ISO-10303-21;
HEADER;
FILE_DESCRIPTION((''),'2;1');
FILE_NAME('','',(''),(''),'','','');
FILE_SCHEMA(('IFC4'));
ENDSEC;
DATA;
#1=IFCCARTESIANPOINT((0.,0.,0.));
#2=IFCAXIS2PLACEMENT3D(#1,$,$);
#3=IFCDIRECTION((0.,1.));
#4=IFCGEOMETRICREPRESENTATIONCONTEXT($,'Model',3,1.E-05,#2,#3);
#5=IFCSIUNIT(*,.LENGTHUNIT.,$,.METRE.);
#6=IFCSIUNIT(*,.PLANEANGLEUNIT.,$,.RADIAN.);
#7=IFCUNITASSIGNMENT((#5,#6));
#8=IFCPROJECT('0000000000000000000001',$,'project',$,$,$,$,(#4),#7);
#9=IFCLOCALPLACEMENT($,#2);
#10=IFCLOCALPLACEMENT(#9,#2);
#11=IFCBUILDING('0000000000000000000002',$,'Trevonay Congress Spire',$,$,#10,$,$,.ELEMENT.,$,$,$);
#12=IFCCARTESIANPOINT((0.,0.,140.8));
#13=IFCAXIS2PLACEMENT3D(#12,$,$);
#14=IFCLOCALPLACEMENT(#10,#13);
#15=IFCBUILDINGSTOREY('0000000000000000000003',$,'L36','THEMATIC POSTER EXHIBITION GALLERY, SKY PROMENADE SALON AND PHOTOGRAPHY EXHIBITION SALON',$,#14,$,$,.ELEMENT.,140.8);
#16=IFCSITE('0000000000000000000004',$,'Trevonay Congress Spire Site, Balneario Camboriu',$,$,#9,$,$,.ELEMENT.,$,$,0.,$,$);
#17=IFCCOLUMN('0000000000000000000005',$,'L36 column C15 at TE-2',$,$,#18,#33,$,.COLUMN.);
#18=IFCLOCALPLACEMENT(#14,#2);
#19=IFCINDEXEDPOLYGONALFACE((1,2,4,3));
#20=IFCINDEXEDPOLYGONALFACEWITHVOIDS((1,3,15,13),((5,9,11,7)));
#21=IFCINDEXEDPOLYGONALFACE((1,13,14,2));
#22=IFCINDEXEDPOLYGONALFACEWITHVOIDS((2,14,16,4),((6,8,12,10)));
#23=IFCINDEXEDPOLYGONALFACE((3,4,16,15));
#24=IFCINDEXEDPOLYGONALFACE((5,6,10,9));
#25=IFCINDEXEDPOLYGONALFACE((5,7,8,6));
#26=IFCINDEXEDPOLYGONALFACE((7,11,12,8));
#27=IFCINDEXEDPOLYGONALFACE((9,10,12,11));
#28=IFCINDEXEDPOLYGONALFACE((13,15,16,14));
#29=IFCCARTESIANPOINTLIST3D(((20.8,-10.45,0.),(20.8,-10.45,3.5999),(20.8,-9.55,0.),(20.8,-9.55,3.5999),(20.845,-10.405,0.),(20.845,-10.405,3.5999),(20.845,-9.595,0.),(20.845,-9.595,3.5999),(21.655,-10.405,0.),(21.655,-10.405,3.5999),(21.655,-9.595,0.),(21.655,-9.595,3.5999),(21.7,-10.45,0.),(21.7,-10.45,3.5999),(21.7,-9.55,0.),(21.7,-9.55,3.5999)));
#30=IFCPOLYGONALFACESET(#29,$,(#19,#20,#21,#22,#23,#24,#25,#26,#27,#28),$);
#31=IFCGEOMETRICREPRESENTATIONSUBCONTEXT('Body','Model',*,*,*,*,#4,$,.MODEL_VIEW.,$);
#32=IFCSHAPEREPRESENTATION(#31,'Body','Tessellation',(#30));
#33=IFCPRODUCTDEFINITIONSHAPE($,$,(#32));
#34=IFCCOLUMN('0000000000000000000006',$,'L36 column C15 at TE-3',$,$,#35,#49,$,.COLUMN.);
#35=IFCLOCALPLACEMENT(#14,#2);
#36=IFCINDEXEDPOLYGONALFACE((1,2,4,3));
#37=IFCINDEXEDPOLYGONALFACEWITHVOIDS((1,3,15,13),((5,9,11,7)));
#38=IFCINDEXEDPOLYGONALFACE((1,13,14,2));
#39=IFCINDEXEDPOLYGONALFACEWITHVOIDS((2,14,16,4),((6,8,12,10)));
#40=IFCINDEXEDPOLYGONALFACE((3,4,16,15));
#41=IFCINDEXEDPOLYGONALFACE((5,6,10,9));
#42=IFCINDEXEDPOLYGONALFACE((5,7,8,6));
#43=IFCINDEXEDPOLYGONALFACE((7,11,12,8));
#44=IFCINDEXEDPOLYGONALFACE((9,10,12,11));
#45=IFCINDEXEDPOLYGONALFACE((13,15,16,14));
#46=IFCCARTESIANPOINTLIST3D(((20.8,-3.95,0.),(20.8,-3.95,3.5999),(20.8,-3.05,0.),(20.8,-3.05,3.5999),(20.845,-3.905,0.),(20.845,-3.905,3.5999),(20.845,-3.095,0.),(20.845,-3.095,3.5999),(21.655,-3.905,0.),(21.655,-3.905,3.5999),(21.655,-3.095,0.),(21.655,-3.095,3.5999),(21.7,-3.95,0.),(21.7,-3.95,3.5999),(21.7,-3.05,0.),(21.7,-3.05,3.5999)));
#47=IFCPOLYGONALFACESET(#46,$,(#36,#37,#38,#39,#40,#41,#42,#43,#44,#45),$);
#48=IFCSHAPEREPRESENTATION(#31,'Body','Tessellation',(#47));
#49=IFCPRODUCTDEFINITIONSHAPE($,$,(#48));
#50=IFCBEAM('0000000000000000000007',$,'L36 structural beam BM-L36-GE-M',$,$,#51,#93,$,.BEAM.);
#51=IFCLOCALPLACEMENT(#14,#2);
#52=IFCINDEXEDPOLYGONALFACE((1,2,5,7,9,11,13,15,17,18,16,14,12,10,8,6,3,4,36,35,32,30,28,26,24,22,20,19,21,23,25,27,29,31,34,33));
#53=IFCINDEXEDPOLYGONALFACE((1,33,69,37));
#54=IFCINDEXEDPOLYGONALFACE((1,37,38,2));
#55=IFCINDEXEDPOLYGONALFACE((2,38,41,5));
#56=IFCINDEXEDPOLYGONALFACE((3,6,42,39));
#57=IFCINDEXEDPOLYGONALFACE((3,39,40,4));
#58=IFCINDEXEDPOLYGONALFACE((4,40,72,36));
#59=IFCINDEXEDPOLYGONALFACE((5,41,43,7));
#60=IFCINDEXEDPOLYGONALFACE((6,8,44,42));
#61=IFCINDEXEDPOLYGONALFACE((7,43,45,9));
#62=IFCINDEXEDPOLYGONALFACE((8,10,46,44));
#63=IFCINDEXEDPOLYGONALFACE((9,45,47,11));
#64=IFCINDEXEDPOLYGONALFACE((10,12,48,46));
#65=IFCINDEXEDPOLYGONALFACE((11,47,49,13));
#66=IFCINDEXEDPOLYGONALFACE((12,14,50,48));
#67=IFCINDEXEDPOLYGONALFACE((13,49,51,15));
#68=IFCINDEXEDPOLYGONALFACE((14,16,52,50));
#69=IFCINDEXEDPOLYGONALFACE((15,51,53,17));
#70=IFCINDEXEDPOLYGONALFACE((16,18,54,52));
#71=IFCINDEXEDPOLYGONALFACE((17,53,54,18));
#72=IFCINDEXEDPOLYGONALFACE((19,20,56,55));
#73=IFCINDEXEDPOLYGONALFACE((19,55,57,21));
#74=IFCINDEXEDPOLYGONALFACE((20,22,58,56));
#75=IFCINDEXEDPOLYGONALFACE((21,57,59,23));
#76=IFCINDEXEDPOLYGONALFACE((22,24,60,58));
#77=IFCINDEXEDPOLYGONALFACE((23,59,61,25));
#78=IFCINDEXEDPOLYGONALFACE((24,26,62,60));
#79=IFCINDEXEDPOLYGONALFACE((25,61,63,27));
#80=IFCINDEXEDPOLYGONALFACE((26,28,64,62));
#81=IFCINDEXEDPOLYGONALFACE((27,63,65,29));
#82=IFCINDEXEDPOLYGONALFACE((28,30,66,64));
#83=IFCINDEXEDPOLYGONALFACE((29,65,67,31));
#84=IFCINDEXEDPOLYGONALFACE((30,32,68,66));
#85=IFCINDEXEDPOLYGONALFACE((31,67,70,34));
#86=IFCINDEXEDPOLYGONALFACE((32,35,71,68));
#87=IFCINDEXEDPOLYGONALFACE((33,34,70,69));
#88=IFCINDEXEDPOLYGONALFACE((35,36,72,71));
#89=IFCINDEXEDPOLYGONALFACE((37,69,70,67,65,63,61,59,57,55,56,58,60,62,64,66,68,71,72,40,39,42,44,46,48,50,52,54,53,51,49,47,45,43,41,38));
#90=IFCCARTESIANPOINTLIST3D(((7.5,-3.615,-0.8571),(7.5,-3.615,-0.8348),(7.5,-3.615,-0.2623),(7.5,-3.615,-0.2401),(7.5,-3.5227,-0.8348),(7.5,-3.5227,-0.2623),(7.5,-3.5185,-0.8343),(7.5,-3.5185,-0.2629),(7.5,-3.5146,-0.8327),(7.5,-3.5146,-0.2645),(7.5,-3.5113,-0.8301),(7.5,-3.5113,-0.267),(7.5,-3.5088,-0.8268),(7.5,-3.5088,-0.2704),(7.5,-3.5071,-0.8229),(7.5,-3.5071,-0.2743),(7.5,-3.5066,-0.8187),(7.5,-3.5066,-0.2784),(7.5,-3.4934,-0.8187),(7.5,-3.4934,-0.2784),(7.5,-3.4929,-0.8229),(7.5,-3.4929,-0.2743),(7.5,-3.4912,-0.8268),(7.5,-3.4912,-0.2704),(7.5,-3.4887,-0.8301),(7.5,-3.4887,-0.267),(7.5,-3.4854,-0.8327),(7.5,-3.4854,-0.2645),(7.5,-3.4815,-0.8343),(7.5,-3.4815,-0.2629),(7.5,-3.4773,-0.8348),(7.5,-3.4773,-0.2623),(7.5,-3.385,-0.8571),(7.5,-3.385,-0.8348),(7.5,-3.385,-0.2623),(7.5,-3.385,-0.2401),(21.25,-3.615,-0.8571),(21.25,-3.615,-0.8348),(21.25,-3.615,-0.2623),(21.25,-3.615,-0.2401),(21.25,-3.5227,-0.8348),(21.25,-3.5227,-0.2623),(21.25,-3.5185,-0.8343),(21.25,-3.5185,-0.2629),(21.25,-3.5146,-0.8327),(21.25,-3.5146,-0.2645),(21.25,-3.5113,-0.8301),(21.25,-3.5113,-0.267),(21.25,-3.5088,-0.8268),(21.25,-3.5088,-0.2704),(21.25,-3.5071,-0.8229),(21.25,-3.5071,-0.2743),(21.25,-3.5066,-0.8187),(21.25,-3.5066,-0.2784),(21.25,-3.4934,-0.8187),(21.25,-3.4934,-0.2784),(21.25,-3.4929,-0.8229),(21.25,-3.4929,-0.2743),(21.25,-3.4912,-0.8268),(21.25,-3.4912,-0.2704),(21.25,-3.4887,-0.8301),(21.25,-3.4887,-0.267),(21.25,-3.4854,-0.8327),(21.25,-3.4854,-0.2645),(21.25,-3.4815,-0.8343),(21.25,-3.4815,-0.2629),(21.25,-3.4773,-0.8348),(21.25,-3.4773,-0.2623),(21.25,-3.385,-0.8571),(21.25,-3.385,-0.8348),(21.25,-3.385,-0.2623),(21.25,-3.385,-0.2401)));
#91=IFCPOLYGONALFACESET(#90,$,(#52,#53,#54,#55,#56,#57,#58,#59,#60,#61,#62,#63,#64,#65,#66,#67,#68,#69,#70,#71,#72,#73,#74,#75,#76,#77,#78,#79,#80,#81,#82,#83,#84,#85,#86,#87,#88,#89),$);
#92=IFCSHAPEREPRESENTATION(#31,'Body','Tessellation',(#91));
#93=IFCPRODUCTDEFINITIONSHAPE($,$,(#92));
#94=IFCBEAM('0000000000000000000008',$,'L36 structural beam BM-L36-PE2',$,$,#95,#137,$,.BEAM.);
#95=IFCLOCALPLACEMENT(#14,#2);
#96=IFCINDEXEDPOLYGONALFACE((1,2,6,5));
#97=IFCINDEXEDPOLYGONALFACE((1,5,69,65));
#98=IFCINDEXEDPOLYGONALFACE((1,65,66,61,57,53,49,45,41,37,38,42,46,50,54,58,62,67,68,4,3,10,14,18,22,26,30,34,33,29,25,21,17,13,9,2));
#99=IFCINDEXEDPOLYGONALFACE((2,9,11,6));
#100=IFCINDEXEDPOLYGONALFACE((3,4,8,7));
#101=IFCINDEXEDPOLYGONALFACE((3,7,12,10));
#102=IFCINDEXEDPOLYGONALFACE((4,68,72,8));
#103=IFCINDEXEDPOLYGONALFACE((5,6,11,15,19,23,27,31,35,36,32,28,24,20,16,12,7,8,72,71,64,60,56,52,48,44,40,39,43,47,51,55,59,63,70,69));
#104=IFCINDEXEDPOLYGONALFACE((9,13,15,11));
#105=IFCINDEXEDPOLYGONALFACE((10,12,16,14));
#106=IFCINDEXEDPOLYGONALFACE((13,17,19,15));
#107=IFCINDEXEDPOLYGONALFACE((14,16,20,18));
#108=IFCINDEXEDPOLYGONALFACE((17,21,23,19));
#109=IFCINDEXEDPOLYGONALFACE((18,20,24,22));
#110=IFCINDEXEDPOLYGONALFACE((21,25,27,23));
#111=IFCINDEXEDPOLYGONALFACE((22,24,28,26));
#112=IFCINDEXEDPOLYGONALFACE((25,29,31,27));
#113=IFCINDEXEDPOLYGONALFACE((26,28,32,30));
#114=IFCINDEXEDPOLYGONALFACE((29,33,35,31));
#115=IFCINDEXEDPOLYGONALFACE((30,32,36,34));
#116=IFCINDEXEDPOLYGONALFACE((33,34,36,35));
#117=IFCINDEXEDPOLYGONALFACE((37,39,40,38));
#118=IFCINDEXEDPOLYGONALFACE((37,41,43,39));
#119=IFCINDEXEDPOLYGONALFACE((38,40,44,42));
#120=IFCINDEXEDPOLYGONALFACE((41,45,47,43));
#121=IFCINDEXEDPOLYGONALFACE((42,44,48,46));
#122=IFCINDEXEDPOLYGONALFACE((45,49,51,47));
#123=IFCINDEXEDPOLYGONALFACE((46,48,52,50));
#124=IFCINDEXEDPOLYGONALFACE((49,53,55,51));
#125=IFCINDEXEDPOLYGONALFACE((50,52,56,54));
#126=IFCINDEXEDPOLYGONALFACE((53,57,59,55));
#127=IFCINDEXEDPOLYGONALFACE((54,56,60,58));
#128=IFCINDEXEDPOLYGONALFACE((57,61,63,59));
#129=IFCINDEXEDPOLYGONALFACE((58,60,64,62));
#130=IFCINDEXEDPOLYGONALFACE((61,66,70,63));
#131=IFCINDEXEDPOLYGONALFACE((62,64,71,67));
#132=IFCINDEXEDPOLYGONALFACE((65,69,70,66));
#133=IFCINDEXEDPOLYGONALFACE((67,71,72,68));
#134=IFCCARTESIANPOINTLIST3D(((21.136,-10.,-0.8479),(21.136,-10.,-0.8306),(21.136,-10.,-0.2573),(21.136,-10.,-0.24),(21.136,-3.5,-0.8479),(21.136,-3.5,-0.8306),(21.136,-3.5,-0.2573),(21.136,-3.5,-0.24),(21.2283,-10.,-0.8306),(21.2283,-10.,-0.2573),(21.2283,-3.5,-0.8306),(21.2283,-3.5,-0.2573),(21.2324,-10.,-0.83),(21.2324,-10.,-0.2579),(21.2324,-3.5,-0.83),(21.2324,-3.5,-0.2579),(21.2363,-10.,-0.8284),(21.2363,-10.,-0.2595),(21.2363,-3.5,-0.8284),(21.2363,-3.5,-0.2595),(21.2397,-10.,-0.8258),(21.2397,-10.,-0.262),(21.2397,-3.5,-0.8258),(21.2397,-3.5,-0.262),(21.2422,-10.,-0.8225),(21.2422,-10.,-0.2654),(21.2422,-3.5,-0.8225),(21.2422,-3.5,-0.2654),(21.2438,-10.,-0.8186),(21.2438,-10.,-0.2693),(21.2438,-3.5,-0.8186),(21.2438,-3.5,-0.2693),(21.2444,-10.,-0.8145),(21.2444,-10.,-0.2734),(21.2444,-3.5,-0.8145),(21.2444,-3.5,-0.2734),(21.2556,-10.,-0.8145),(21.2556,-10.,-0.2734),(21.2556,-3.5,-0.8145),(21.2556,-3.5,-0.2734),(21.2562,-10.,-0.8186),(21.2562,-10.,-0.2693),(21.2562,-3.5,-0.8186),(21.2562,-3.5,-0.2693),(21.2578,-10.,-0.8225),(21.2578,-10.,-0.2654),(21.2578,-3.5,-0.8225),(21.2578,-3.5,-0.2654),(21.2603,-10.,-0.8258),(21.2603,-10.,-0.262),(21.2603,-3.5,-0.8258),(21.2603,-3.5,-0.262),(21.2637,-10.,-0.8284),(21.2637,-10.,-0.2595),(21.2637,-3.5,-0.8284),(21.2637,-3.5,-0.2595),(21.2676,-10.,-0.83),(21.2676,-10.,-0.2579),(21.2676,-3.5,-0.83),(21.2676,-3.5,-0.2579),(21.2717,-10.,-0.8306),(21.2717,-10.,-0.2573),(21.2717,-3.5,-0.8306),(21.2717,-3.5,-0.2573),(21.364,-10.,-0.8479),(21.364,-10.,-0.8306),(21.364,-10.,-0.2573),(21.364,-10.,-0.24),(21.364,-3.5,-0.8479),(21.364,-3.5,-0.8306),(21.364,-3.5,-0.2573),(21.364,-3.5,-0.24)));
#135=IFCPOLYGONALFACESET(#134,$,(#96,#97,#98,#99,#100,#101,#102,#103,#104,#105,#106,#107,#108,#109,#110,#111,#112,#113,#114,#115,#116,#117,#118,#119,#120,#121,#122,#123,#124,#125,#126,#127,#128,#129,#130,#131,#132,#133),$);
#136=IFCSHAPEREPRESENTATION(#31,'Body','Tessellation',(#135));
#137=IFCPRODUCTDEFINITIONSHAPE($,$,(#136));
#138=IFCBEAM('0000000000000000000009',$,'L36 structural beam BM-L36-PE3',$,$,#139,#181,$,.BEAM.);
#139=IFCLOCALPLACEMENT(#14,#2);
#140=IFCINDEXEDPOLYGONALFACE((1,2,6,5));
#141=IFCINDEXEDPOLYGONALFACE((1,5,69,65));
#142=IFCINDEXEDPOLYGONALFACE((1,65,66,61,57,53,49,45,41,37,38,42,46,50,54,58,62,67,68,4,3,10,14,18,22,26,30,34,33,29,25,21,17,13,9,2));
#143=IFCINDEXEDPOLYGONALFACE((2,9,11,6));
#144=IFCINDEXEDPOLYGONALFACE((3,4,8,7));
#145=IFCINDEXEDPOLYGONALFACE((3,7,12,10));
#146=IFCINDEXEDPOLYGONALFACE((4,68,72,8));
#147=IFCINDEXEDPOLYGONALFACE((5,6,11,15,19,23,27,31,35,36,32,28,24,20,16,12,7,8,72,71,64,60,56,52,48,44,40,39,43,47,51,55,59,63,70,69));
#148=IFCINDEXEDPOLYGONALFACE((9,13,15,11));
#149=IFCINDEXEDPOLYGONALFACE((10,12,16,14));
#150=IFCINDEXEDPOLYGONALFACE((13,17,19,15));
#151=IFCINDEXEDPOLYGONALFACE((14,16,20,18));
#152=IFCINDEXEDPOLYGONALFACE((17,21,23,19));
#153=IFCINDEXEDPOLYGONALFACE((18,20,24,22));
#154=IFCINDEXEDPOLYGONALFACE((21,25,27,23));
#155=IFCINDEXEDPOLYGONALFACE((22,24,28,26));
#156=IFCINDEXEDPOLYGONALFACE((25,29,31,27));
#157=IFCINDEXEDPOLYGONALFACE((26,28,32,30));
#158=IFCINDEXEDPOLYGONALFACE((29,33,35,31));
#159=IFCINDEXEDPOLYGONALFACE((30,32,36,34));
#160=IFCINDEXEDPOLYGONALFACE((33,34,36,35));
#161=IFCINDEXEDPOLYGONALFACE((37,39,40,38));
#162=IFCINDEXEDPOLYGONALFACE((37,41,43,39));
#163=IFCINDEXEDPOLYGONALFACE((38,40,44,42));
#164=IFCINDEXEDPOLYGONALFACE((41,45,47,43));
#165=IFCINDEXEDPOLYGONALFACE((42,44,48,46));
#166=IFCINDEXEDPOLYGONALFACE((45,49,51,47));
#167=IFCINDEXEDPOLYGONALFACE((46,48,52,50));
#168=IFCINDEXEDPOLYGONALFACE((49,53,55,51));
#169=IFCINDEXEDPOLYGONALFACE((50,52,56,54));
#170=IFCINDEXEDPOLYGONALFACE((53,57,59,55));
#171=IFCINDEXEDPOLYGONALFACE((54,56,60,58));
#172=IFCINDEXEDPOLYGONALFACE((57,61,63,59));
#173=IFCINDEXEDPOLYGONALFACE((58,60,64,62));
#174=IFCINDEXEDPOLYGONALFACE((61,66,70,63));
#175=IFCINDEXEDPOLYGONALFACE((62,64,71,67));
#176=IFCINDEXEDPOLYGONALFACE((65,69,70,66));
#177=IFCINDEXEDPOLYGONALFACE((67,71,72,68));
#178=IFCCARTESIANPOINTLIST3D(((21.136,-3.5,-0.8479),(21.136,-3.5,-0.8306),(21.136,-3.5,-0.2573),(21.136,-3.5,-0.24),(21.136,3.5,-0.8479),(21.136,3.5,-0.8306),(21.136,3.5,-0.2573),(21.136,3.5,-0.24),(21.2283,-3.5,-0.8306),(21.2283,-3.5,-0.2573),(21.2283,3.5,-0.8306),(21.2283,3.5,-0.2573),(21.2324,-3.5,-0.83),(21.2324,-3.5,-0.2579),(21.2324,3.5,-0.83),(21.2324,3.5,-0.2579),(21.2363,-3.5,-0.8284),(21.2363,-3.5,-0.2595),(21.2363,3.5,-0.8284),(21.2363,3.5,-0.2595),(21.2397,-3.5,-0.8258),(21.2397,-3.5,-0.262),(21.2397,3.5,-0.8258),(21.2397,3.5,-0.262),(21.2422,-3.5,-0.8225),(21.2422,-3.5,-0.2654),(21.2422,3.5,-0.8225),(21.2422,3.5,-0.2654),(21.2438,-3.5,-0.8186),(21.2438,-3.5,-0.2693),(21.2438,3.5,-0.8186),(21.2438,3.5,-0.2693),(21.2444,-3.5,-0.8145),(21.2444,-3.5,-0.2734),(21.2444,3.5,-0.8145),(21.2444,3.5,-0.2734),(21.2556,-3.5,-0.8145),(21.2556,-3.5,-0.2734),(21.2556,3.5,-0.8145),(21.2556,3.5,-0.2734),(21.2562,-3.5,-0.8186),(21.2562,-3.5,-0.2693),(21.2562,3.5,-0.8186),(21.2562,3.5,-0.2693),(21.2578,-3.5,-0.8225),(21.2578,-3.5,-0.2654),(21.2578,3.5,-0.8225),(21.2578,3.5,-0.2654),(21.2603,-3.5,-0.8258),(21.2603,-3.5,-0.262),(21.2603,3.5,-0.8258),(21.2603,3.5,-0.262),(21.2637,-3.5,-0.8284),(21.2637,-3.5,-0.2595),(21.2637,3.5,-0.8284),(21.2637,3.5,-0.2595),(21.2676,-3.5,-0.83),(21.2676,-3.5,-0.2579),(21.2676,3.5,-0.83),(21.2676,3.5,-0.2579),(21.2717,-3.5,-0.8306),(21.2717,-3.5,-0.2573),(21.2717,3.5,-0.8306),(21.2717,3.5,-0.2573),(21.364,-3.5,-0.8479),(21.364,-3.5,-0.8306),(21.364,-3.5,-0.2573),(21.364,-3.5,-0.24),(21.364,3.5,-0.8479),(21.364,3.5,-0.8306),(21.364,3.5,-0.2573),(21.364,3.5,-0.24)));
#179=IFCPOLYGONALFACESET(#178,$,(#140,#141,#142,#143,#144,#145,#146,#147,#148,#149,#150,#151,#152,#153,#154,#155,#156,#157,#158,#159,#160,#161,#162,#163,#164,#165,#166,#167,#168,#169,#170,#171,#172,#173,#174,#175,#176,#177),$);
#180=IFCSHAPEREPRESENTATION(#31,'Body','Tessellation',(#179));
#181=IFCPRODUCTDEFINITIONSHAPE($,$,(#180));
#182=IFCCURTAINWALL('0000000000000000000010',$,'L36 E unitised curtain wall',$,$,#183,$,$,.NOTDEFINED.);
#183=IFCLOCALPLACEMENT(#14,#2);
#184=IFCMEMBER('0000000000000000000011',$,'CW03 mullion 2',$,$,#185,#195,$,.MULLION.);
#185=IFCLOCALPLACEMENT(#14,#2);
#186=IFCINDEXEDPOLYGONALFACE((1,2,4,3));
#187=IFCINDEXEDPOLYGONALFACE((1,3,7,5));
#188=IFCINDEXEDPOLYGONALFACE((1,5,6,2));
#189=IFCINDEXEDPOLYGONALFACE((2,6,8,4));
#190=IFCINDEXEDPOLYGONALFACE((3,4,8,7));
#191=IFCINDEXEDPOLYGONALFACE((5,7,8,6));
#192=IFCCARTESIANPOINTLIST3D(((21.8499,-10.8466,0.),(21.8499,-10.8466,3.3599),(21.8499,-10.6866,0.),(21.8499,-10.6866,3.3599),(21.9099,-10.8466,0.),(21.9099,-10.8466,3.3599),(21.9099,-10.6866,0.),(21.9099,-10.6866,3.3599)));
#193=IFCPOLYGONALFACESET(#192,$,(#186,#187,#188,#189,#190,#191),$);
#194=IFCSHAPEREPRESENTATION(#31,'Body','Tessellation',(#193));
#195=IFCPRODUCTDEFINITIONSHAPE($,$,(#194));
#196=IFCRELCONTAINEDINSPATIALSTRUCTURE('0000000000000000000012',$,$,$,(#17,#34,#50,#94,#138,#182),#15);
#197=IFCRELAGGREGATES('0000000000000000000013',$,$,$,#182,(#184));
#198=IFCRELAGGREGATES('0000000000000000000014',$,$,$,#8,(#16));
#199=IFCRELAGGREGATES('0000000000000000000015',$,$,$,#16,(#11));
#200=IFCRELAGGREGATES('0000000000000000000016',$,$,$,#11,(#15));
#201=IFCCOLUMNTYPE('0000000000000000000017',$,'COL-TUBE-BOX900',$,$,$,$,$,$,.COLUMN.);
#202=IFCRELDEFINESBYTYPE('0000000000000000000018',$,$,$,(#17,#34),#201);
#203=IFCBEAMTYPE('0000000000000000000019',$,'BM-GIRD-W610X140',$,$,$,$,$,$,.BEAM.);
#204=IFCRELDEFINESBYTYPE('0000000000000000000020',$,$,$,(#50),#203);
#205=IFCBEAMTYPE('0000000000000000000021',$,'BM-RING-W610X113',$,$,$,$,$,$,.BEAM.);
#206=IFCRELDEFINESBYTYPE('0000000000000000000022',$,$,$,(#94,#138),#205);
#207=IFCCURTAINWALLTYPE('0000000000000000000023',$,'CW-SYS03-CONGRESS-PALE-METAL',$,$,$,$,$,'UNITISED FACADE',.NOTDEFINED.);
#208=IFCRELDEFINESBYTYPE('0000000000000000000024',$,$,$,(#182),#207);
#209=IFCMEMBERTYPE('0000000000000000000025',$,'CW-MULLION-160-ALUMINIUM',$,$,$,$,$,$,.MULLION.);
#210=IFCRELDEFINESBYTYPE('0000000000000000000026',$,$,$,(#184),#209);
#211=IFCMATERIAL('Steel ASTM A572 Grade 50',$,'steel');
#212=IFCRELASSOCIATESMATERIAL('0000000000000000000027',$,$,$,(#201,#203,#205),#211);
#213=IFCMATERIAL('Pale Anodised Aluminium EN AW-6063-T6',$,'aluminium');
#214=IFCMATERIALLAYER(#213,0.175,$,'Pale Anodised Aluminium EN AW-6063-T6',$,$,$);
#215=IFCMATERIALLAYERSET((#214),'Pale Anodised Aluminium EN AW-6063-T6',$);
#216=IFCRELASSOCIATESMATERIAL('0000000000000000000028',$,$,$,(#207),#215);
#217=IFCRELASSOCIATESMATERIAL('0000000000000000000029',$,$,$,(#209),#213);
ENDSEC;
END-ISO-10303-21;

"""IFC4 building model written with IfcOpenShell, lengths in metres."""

from ifc_helpers import new_model, si_unit, direction, frame, origin, origin_2d, place, context, subcontext, project, spatial, rectangle, hollow_rectangle, i_section, extrude, material, layer, layer_set, material_profile, profile_set, type_object, element, aggregate, save


model = new_model("IFC4")

# Units and contexts
model_context = context("Model", 3, precision=1e-05, world=origin(), true_north=direction((0.0, 1.0)))
body_context = subcontext(model_context, "Body", "Model", "MODEL_VIEW")
ifc_project = project(units=[si_unit("LENGTHUNIT", "METRE"), si_unit("PLANEANGLEUNIT", "RADIAN")], contexts=[model_context])

# Site, building, storey
site_placement = place(None, origin())
site = spatial("IfcSite", under=ifc_project, at=site_placement, Name="Trevonay Congress Spire Site, Balneario Camboriu", CompositionType="ELEMENT", RefElevation=0.0)
building_placement = place(site_placement, origin())
building = spatial("IfcBuilding", under=site, at=building_placement, Name="Trevonay Congress Spire", CompositionType="ELEMENT")
storey_placement = place(building_placement, frame((0.0, 0.0, 140.8)))
storey = spatial("IfcBuildingStorey", under=building, at=storey_placement, Name="L36", Description="THEMATIC POSTER EXHIBITION GALLERY, SKY PROMENADE SALON AND PHOTOGRAPHY EXHIBITION SALON", CompositionType="ELEMENT", Elevation=140.8)

# Columns
ifc_material_1 = material(Name="Steel ASTM A572 Grade 50", Category="steel")
ifc_material_profile_1 = material_profile(ifc_material_1, hollow_rectangle(XDim=0.8999, YDim=0.8999, WallThickness=0.0449, at=origin_2d()), Name="BOX 900x900x45")
ifc_profile_set_1 = profile_set([ifc_material_profile_1], Name="Steel ASTM A572 Grade 50")
column_type = type_object("IfcColumnType", Name="COL-TUBE-BOX900", PredefinedType="COLUMN", material=ifc_profile_set_1)
for number, where, z_axis, x_axis, name in (
    (1, (21.25, -10.0, 0.0), (0.0, 0.0, 1.0), (1.0, 0.0, 0.0), "L36 column C15 at TE-2"),
    (2, (21.25, -3.5, 0.0), (0.0, 0.0, 1.0), (1.0, 0.0, 0.0), "L36 column C15 at TE-3"),
):
    element("IfcColumn", number, at=place(storey_placement, frame(where, z_axis=z_axis, x_axis=x_axis)), inside=storey, type_object=column_type, Name=name, PredefinedType="COLUMN", context=body_context, shape_type="SweptSolid", body=[
        extrude(hollow_rectangle(XDim=0.8999, YDim=0.8999, WallThickness=0.0449, at=origin_2d()), origin(), (0.0, 0.0, 1.0), 3.5999),
    ])

# Beams
ifc_material_profile_2 = material_profile(ifc_material_1, i_section(OverallWidth=0.23, OverallDepth=0.6169, WebThickness=0.0132, FlangeThickness=0.0222, FilletRadius=0.0161, at=origin_2d()), Name="W610x140")
ifc_profile_set_2 = profile_set([ifc_material_profile_2], Name="Steel ASTM A572 Grade 50")
beam_type_1 = type_object("IfcBeamType", Name="BM-GIRD-W610X140", PredefinedType="BEAM", material=ifc_profile_set_2)
beam_1_placement = place(storey_placement, frame((7.5, -3.5, -0.5486), z_axis=(1.0, 0.0, 0.0), x_axis=(0.0, 1.0, 0.0)))
element("IfcBeam", 3, at=beam_1_placement, inside=storey, type_object=beam_type_1, Name="L36 structural beam BM-L36-GE-M", PredefinedType="BEAM", context=body_context, shape_type="SweptSolid", body=[
    extrude(i_section(OverallWidth=0.23, OverallDepth=0.6169, WebThickness=0.0132, FlangeThickness=0.0222, FilletRadius=0.0161, at=origin_2d()), origin(), (0.0, 0.0, 1.0), 13.75),
])
ifc_material_profile_3 = material_profile(ifc_material_1, i_section(OverallWidth=0.228, OverallDepth=0.6079, WebThickness=0.0112, FlangeThickness=0.0173, FilletRadius=0.0161, at=origin_2d()), Name="W610x113")
ifc_profile_set_3 = profile_set([ifc_material_profile_3], Name="Steel ASTM A572 Grade 50")
beam_type_2 = type_object("IfcBeamType", Name="BM-RING-W610X113", PredefinedType="BEAM", material=ifc_profile_set_3)
beam_2_placement = place(storey_placement, frame((21.25, -10.0, -0.5439), z_axis=(0.0, 1.0, 0.0), x_axis=(-1.0, 0.0, 0.0)))
element("IfcBeam", 4, at=beam_2_placement, inside=storey, type_object=beam_type_2, Name="L36 structural beam BM-L36-PE2", PredefinedType="BEAM", context=body_context, shape_type="SweptSolid", body=[
    extrude(i_section(OverallWidth=0.228, OverallDepth=0.6079, WebThickness=0.0112, FlangeThickness=0.0173, FilletRadius=0.0161, at=origin_2d()), origin(), (0.0, 0.0, 1.0), 6.5),
])
beam_3_placement = place(storey_placement, frame((21.25, -3.5, -0.5439), z_axis=(0.0, 1.0, 0.0), x_axis=(-1.0, 0.0, 0.0)))
element("IfcBeam", 5, at=beam_3_placement, inside=storey, type_object=beam_type_2, Name="L36 structural beam BM-L36-PE3", PredefinedType="BEAM", context=body_context, shape_type="SweptSolid", body=[
    extrude(i_section(OverallWidth=0.228, OverallDepth=0.6079, WebThickness=0.0112, FlangeThickness=0.0173, FilletRadius=0.0161, at=origin_2d()), origin(), (0.0, 0.0, 1.0), 7.0),
])

# Curtain wall, member
ifc_material_2 = material(Name="Pale Anodised Aluminium EN AW-6063-T6", Category="aluminium")
ifc_layer_1 = layer(ifc_material_2, 0.175, Name="Pale Anodised Aluminium EN AW-6063-T6")
ifc_layer_set_1 = layer_set([ifc_layer_1], Name="Pale Anodised Aluminium EN AW-6063-T6")
curtain_wall_type = type_object("IfcCurtainWallType", Name="CW-SYS03-CONGRESS-PALE-METAL", ElementType="UNITISED FACADE", PredefinedType="NOTDEFINED", material=ifc_layer_set_1)
curtain_wall_placement = place(storey_placement, origin())
curtain_wall = element("IfcCurtainWall", 6, at=curtain_wall_placement, inside=storey, type_object=curtain_wall_type, Name="L36 E unitised curtain wall", PredefinedType="NOTDEFINED")
ifc_material_profile_4 = material_profile(ifc_material_2, rectangle(XDim=0.0601, YDim=0.1599, at=origin_2d()), Name="CW-MULLION-160-ALUMINIUM")
ifc_profile_set_4 = profile_set([ifc_material_profile_4], Name="Pale Anodised Aluminium EN AW-6063-T6")
member_type_1 = type_object("IfcMemberType", Name="CW-MULLION-160-ALUMINIUM", PredefinedType="MULLION", material=ifc_profile_set_4)
member_1_placement = place(storey_placement, frame((21.8799, -10.7666, 0.0), z_axis=(0.0, 0.0, 1.0), x_axis=(-1.0, 0.0, 0.0)))
member_1 = element("IfcMember", 7, at=member_1_placement, type_object=member_type_1, Name="CW03 mullion 2", PredefinedType="MULLION", context=body_context, shape_type="SweptSolid", body=[
    extrude(rectangle(XDim=0.0601, YDim=0.1599, at=origin_2d()), origin(), (0.0, 0.0, 1.0), 3.3599),
])

aggregate(curtain_wall, [member_1])

save(model, "model.ifc")
